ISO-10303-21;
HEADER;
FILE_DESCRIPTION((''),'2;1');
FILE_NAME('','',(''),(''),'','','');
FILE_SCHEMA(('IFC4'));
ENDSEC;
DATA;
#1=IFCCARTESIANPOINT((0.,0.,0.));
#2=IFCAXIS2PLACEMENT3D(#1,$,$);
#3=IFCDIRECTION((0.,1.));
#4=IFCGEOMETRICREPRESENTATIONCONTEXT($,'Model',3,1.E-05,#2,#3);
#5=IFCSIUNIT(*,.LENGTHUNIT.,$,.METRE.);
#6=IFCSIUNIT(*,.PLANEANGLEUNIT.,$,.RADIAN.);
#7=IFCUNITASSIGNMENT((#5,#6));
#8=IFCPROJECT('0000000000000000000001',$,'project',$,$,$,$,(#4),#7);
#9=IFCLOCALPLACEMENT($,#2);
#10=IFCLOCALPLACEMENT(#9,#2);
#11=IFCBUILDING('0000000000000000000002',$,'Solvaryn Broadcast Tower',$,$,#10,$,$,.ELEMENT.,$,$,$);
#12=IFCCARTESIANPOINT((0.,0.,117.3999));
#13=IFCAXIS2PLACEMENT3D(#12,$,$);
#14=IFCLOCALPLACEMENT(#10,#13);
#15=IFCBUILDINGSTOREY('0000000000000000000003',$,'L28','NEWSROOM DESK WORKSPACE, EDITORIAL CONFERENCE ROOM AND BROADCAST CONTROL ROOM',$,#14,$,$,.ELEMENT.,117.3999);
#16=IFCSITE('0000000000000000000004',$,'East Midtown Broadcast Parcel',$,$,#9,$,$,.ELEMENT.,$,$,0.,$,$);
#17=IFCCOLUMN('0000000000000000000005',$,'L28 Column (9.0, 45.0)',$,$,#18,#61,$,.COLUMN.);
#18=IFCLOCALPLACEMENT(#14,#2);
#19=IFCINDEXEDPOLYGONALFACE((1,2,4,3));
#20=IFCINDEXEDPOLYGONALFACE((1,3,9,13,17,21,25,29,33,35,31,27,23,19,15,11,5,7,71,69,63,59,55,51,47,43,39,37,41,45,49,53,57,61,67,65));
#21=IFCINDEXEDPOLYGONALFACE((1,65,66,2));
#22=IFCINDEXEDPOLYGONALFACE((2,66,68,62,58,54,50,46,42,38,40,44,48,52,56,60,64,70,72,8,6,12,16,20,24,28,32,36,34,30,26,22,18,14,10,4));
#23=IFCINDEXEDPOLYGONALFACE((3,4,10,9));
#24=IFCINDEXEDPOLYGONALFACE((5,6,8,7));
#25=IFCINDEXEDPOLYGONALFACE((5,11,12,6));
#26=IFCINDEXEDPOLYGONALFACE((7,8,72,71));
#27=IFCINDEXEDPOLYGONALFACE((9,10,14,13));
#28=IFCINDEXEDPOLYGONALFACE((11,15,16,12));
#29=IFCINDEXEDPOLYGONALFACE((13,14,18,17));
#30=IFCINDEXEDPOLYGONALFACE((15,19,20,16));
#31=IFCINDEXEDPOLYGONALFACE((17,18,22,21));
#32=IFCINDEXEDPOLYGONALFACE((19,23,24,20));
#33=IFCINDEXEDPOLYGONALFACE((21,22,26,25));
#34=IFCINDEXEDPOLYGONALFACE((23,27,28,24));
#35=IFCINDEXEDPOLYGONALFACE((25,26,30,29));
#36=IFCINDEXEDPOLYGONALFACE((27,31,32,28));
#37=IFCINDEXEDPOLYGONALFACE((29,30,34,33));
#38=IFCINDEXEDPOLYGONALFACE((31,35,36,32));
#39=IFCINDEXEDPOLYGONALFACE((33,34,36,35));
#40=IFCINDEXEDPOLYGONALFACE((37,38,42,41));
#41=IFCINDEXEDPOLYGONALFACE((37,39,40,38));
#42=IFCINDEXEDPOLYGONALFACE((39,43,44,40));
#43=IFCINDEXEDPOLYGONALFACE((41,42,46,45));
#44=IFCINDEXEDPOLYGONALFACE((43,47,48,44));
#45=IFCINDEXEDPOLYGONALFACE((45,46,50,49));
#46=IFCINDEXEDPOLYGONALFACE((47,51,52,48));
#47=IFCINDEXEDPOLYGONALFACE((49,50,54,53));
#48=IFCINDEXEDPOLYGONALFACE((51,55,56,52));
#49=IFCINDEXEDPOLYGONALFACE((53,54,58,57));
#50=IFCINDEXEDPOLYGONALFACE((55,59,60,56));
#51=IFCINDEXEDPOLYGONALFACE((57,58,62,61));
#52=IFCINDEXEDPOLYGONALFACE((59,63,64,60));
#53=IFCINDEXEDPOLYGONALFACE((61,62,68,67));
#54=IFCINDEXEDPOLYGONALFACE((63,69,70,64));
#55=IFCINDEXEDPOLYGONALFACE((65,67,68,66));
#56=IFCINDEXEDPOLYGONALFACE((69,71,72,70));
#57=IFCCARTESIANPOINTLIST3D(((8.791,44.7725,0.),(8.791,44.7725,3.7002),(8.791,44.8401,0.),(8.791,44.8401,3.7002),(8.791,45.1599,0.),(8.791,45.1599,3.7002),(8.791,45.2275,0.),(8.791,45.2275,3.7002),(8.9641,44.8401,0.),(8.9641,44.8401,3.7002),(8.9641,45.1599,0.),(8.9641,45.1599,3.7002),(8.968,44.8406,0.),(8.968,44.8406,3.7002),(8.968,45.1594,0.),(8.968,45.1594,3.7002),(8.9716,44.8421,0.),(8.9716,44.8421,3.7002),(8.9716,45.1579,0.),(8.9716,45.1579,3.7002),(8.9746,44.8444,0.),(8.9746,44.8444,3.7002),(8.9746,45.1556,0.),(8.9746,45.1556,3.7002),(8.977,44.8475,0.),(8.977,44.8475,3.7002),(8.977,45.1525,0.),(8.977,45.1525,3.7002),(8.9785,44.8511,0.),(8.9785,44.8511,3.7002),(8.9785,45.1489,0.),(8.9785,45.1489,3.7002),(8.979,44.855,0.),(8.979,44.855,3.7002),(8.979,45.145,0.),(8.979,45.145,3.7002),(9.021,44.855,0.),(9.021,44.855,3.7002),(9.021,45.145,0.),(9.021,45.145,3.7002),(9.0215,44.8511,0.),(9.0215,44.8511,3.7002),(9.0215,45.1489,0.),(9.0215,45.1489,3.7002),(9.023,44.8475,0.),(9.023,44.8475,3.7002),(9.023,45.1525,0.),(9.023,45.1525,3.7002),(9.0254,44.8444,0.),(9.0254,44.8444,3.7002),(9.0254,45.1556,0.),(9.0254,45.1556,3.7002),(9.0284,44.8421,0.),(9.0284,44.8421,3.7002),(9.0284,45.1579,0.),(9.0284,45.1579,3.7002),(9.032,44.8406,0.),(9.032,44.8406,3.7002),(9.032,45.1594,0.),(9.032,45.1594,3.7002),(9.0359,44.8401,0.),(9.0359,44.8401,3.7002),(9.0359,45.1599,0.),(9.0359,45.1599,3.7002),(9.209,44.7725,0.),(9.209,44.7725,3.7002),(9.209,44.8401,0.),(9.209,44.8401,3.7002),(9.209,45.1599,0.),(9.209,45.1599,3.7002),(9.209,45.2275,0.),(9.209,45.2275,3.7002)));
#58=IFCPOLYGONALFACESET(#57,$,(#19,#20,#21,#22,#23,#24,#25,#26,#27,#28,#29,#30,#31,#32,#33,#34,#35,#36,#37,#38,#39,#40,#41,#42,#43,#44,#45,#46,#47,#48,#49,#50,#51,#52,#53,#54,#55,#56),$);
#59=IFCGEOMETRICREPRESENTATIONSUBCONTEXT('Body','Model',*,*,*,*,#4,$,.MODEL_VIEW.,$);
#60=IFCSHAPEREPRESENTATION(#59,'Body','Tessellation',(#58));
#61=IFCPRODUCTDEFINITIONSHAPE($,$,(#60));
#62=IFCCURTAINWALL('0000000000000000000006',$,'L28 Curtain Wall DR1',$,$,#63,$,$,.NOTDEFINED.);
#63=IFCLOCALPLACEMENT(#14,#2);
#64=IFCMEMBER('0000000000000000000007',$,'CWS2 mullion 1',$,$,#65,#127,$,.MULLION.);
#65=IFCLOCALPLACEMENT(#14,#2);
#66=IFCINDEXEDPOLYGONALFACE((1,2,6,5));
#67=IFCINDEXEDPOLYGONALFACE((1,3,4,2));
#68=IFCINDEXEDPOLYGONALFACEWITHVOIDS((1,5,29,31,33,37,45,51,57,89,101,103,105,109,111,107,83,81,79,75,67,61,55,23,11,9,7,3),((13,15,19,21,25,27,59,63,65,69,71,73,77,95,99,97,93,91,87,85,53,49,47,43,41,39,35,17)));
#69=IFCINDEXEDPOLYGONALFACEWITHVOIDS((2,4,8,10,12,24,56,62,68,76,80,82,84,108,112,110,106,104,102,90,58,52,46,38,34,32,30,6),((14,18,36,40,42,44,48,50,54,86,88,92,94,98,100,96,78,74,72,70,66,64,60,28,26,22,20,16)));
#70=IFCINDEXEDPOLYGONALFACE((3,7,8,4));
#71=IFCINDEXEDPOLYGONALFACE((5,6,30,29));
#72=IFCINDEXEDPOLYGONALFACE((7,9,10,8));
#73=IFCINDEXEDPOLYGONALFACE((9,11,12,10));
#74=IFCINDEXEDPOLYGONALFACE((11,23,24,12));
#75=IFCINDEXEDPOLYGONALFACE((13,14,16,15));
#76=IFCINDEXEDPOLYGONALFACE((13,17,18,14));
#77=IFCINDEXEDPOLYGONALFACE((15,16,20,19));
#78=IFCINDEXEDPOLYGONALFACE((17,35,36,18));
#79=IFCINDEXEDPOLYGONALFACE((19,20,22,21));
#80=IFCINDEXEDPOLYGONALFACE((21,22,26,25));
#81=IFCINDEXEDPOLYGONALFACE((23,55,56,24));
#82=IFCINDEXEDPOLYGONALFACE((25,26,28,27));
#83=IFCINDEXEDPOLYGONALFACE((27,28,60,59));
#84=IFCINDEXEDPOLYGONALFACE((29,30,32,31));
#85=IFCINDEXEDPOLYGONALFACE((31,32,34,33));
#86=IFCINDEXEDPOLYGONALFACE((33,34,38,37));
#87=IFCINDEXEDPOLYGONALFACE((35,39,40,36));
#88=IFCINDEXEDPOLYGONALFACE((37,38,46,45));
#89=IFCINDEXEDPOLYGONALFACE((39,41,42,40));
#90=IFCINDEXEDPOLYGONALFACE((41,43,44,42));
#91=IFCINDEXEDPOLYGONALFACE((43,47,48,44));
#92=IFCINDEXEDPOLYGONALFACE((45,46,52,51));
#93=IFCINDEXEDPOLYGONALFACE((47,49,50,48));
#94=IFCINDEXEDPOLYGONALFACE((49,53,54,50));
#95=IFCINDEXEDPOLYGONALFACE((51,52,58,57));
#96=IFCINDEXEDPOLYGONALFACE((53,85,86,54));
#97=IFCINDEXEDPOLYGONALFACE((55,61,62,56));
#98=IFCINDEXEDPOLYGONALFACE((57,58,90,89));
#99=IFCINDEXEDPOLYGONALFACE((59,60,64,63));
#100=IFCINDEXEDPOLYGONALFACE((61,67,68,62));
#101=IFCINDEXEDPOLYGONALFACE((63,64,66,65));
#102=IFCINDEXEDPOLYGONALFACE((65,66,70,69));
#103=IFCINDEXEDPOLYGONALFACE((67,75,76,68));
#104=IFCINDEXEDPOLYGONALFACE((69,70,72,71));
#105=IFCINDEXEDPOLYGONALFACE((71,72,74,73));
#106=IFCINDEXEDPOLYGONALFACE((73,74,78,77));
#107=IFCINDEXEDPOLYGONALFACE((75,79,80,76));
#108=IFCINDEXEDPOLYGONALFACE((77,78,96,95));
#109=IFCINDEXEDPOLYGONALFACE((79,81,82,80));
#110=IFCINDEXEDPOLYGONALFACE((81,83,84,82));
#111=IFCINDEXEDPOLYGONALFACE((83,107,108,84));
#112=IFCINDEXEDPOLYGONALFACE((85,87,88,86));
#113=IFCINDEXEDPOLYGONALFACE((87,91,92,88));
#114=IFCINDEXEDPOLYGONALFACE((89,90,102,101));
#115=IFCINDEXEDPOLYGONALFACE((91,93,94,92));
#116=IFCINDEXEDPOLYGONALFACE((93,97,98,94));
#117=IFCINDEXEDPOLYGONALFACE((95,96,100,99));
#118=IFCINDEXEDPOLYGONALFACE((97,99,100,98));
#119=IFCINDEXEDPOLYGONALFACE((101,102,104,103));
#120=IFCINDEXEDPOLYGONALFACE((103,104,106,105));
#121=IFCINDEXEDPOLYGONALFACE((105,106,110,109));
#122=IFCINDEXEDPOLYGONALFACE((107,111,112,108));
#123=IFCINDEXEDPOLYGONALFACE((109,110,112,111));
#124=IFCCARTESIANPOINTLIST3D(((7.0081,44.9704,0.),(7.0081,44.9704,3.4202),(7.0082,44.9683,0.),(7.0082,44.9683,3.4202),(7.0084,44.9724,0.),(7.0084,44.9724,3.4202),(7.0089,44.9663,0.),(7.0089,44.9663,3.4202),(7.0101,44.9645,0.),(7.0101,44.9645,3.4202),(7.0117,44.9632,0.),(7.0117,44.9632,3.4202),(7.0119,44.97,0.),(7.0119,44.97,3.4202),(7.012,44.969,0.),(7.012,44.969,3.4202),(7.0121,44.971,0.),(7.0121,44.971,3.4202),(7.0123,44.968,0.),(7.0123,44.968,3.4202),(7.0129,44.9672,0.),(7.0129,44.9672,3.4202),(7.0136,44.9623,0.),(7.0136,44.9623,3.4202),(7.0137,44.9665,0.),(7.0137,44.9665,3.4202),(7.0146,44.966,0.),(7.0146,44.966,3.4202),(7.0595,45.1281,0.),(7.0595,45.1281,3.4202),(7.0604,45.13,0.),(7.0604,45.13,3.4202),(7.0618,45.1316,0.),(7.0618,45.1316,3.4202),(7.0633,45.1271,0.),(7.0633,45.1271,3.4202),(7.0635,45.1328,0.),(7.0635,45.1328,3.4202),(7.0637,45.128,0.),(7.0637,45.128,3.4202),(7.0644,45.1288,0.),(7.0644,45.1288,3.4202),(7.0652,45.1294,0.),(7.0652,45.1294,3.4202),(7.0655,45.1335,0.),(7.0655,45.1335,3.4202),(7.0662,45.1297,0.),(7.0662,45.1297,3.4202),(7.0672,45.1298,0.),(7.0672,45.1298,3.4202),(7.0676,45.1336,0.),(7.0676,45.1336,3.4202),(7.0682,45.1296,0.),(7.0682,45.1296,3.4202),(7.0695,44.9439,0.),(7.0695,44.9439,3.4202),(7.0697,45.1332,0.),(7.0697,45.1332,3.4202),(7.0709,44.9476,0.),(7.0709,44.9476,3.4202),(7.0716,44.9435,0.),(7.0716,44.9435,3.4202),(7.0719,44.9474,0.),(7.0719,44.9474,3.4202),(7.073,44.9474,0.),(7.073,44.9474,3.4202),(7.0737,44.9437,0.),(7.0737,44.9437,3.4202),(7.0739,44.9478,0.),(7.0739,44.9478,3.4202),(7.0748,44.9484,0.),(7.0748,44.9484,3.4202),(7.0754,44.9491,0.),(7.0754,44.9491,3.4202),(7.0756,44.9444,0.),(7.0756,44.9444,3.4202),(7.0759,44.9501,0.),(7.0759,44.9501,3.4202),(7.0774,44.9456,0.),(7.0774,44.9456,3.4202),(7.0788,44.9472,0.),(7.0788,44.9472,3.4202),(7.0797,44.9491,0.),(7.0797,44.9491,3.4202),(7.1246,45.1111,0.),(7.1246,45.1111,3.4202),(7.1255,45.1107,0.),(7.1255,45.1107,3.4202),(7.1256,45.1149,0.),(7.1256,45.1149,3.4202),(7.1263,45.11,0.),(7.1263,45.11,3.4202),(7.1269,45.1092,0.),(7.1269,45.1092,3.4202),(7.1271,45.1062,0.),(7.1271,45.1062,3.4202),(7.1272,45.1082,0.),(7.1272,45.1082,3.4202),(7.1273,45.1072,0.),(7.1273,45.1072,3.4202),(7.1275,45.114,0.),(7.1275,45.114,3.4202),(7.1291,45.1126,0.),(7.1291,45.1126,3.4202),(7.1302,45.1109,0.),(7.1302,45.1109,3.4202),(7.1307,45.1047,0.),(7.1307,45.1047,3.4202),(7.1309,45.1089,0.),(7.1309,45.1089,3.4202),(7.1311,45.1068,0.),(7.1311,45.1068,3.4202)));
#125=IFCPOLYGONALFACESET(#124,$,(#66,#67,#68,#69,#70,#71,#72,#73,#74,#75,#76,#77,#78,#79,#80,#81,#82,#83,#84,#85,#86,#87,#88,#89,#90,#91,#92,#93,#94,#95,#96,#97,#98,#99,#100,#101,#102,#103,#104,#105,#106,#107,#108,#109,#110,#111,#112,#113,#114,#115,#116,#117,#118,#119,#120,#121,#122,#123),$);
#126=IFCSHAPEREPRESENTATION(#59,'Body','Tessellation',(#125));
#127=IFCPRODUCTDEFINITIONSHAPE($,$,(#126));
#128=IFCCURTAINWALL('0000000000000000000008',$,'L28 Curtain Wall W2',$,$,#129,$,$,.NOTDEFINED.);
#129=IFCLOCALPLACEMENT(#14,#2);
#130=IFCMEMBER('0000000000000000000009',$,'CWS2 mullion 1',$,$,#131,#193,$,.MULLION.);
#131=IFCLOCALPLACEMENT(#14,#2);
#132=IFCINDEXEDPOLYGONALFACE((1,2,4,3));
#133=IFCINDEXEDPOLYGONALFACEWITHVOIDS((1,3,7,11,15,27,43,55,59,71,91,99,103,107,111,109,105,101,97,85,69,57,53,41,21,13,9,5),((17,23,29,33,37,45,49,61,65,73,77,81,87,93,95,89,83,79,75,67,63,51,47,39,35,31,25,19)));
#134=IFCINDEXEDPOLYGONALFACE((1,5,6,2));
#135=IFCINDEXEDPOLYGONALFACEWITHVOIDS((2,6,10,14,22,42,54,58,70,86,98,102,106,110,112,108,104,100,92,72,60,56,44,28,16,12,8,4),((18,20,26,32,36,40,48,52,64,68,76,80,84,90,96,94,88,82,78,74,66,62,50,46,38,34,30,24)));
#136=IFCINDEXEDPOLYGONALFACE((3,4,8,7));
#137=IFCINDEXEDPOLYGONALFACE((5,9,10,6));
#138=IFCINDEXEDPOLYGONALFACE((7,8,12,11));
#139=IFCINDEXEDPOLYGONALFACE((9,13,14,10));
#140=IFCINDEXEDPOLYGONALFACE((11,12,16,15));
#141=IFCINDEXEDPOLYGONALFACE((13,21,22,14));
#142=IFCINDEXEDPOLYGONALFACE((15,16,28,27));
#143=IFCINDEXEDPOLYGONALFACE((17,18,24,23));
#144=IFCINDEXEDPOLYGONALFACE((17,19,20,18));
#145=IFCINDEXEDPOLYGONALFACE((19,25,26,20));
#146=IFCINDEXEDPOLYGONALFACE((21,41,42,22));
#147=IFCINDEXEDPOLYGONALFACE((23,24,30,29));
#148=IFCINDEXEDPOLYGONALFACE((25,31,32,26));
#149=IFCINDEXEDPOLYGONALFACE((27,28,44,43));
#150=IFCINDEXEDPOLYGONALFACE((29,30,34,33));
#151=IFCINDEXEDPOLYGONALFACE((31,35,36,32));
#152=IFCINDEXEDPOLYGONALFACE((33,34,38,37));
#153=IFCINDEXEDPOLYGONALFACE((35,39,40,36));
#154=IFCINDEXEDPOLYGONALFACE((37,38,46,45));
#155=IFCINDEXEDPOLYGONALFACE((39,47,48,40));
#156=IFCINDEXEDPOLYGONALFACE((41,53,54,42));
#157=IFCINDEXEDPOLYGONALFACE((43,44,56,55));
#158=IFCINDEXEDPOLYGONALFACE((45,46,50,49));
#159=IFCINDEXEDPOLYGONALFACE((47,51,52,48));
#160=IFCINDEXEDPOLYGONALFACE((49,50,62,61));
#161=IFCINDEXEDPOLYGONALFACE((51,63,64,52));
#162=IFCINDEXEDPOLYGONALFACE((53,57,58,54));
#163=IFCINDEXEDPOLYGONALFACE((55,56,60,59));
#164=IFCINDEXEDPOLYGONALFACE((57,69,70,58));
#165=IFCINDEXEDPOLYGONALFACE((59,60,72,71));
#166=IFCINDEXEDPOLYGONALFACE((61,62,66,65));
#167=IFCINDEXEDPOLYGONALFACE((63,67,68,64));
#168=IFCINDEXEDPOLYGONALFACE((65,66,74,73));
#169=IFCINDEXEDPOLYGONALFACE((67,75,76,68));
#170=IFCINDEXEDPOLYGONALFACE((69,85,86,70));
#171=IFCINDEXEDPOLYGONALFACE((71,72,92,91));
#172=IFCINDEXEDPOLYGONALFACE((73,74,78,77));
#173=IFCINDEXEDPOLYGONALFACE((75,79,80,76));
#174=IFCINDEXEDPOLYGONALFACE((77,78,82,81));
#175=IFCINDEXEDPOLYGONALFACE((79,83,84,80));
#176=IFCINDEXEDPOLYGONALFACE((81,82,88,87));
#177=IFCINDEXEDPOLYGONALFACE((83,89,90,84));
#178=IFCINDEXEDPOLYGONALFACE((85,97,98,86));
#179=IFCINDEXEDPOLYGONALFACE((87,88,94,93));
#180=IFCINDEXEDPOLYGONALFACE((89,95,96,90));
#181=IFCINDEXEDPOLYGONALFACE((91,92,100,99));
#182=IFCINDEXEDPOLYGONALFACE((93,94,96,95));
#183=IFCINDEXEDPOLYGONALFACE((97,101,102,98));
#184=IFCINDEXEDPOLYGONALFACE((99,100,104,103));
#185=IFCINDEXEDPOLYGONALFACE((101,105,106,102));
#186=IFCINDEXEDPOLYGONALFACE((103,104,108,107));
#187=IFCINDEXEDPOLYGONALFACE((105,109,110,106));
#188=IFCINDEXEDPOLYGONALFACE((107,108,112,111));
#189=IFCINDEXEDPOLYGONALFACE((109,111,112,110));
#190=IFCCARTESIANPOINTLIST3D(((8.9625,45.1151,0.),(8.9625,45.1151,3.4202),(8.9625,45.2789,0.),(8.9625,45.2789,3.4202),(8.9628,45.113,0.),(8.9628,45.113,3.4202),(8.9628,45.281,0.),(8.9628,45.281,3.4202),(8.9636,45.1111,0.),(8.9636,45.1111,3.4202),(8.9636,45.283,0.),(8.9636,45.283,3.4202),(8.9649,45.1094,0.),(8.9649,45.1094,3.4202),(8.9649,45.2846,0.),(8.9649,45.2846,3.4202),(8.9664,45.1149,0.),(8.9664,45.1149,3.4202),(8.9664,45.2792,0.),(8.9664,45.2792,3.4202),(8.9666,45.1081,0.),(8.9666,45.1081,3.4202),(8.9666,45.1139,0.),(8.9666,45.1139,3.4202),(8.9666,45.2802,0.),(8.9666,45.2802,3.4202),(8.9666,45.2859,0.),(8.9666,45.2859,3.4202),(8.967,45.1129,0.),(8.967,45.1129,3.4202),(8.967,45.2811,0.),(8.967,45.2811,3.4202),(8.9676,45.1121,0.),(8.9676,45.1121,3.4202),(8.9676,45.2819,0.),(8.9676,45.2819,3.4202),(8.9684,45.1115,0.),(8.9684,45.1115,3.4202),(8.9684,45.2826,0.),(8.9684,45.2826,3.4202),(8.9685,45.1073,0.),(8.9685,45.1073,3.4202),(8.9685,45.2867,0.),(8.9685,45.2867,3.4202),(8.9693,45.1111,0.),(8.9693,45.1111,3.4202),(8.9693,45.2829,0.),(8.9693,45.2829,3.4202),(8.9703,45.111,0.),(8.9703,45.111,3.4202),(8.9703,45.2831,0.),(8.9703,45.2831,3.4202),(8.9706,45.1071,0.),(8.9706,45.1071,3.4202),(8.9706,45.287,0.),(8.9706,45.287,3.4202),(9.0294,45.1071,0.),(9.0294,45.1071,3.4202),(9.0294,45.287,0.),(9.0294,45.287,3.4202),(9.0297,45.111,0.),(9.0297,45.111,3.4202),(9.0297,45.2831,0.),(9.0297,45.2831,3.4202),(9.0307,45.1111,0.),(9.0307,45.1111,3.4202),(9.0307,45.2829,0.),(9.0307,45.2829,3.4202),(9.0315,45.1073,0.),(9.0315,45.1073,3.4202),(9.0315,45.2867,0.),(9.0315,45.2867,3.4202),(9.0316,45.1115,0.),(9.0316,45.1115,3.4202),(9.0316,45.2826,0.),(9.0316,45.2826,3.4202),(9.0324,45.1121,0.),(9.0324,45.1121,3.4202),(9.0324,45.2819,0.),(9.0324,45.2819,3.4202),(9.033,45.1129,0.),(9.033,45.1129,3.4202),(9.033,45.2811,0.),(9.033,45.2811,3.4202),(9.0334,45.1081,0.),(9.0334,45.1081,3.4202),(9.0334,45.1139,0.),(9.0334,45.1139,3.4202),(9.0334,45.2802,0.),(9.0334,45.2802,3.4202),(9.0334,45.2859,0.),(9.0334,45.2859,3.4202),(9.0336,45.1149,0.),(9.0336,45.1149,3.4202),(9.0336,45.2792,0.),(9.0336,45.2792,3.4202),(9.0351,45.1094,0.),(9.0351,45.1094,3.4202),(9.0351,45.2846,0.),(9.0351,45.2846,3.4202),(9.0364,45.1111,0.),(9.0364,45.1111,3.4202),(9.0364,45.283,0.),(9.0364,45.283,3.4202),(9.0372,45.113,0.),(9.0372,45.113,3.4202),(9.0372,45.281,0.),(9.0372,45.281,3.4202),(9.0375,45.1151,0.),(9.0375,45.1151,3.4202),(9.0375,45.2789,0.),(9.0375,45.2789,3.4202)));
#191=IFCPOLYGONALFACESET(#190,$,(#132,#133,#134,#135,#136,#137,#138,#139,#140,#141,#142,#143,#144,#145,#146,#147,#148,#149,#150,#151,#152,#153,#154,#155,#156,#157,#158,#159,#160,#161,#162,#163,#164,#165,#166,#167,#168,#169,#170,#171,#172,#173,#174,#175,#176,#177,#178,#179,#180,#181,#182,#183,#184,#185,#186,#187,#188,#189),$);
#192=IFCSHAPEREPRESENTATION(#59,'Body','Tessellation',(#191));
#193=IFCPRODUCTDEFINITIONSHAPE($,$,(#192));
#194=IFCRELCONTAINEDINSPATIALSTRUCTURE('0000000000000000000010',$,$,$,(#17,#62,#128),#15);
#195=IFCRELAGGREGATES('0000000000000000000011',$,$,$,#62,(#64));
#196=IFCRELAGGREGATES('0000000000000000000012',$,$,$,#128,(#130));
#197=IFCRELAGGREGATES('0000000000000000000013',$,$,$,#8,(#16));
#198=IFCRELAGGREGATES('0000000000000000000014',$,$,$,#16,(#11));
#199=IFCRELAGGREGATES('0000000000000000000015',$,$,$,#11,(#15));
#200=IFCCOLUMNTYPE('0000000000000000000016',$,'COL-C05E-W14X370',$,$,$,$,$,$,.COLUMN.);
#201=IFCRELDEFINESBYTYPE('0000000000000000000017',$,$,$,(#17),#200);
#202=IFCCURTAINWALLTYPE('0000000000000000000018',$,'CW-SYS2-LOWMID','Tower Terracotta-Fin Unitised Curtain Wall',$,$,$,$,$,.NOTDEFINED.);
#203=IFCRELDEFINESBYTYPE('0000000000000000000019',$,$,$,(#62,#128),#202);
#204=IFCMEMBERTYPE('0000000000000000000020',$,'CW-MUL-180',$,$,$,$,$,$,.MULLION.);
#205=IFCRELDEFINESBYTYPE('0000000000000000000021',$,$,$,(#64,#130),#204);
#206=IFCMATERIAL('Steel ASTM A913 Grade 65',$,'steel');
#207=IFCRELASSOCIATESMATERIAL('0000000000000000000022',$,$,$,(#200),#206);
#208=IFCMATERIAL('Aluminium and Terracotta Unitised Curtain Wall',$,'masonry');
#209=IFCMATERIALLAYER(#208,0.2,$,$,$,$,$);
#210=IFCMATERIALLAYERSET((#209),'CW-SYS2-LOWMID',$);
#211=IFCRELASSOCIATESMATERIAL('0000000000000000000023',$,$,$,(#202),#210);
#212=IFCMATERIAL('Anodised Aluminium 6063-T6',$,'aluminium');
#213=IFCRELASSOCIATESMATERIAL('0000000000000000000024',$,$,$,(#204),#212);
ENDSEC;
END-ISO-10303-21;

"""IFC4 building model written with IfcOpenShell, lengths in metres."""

from ifc_helpers import new_model, si_unit, direction, frame, origin, origin_2d, place, context, subcontext, project, spatial, hollow_rectangle, i_section, extrude, material, layer, layer_set, material_profile, profile_set, type_object, element, aggregate, save


model = new_model("IFC4")

# Units and contexts
model_context = context("Model", 3, precision=1e-05, world=origin(), true_north=direction((0.0, 1.0)))
body_context = subcontext(model_context, "Body", "Model", "MODEL_VIEW")
ifc_project = project(units=[si_unit("LENGTHUNIT", "METRE"), si_unit("PLANEANGLEUNIT", "RADIAN")], contexts=[model_context])

# Site, building, storey
site_placement = place(None, origin())
site = spatial("IfcSite", under=ifc_project, at=site_placement, Name="East Midtown Broadcast Parcel", CompositionType="ELEMENT", RefElevation=0.0)
building_placement = place(site_placement, origin())
building = spatial("IfcBuilding", under=site, at=building_placement, Name="Solvaryn Broadcast Tower", CompositionType="ELEMENT")
storey_placement = place(building_placement, frame((0.0, 0.0, 117.3999)))
storey = spatial("IfcBuildingStorey", under=building, at=storey_placement, Name="L28", Description="NEWSROOM DESK WORKSPACE, EDITORIAL CONFERENCE ROOM AND BROADCAST CONTROL ROOM", CompositionType="ELEMENT", Elevation=117.3999)

# Column
ifc_material_1 = material(Name="Steel ASTM A913 Grade 65", Category="steel")
ifc_material_profile_1 = material_profile(ifc_material_1, i_section(OverallWidth=0.418, OverallDepth=0.4551, WebThickness=0.042, FlangeThickness=0.0676, FilletRadius=0.0149, at=origin_2d()))
ifc_profile_set_1 = profile_set([ifc_material_profile_1], Name="Steel ASTM A913 Grade 65")
column_type = type_object("IfcColumnType", Name="COL-C05E-W14X370", PredefinedType="COLUMN", material=ifc_profile_set_1)
column_placement = place(storey_placement, frame((9.0, 45.0, 0.0), z_axis=(0.0, 0.0, 1.0), x_axis=(1.0, 0.0, 0.0)))
element("IfcColumn", 1, at=column_placement, inside=storey, type_object=column_type, Name="L28 Column (9.0, 45.0)", PredefinedType="COLUMN", context=body_context, shape_type="SweptSolid", body=[
    extrude(i_section(OverallWidth=0.418, OverallDepth=0.4551, WebThickness=0.042, FlangeThickness=0.0676, FilletRadius=0.0149, at=origin_2d()), origin(), (0.0, 0.0, 1.0), 3.7002),
])

# Curtain wall, member
ifc_material_2 = material(Name="Aluminium and Terracotta Unitised Curtain Wall", Category="masonry")
ifc_layer_1 = layer(ifc_material_2, 0.2)
ifc_layer_set_1 = layer_set([ifc_layer_1], Name="CW-SYS2-LOWMID")
curtain_wall_type = type_object("IfcCurtainWallType", Name="CW-SYS2-LOWMID", Description="Tower Terracotta-Fin Unitised Curtain Wall", PredefinedType="NOTDEFINED", material=ifc_layer_set_1)
curtain_wall_1_placement = place(storey_placement, origin())
curtain_wall_1 = element("IfcCurtainWall", 2, at=curtain_wall_1_placement, inside=storey, type_object=curtain_wall_type, Name="L28 Curtain Wall DR1", PredefinedType="NOTDEFINED")
ifc_material_3 = material(Name="Anodised Aluminium 6063-T6", Category="aluminium")
ifc_material_profile_2 = material_profile(ifc_material_3, hollow_rectangle(XDim=0.075, YDim=0.1799, WallThickness=0.0039, InnerFilletRadius=0.0039, OuterFilletRadius=0.0081, at=origin_2d()))
ifc_profile_set_2 = profile_set([ifc_material_profile_2], Name="Anodised Aluminium 6063-T6")
member_type_1 = type_object("IfcMemberType", Name="CW-MUL-180", PredefinedType="MULLION", material=ifc_profile_set_2)
member_1_placement = place(storey_placement, frame((7.0696, 45.0386, 0.0), z_axis=(0.0, 0.0, 1.0), x_axis=(0.950198, -0.311646, 0.0)))
member_1 = element("IfcMember", 3, at=member_1_placement, type_object=member_type_1, Name="CWS2 mullion 1", PredefinedType="MULLION", context=body_context, shape_type="SweptSolid", body=[
    extrude(hollow_rectangle(XDim=0.075, YDim=0.1799, WallThickness=0.0039, InnerFilletRadius=0.0039, OuterFilletRadius=0.0081, at=origin_2d()), origin(), (0.0, 0.0, 1.0), 3.4202),
])

# Curtain wall, member
curtain_wall_2_placement = place(storey_placement, origin())
curtain_wall_2 = element("IfcCurtainWall", 4, at=curtain_wall_2_placement, inside=storey, type_object=curtain_wall_type, Name="L28 Curtain Wall W2", PredefinedType="NOTDEFINED")
member_2_placement = place(storey_placement, frame((9.0, 45.197, 0.0), z_axis=(0.0, 0.0, 1.0), x_axis=(-1.0, 0.0, 0.0)))
member_2 = element("IfcMember", 5, at=member_2_placement, type_object=member_type_1, Name="CWS2 mullion 1", PredefinedType="MULLION", context=body_context, shape_type="SweptSolid", body=[
    extrude(hollow_rectangle(XDim=0.075, YDim=0.1799, WallThickness=0.0039, InnerFilletRadius=0.0039, OuterFilletRadius=0.0081, at=origin_2d()), origin(), (0.0, 0.0, 1.0), 3.4202),
])

aggregate(curtain_wall_1, [member_1])

aggregate(curtain_wall_2, [member_2])

save(model, "model.ifc")
